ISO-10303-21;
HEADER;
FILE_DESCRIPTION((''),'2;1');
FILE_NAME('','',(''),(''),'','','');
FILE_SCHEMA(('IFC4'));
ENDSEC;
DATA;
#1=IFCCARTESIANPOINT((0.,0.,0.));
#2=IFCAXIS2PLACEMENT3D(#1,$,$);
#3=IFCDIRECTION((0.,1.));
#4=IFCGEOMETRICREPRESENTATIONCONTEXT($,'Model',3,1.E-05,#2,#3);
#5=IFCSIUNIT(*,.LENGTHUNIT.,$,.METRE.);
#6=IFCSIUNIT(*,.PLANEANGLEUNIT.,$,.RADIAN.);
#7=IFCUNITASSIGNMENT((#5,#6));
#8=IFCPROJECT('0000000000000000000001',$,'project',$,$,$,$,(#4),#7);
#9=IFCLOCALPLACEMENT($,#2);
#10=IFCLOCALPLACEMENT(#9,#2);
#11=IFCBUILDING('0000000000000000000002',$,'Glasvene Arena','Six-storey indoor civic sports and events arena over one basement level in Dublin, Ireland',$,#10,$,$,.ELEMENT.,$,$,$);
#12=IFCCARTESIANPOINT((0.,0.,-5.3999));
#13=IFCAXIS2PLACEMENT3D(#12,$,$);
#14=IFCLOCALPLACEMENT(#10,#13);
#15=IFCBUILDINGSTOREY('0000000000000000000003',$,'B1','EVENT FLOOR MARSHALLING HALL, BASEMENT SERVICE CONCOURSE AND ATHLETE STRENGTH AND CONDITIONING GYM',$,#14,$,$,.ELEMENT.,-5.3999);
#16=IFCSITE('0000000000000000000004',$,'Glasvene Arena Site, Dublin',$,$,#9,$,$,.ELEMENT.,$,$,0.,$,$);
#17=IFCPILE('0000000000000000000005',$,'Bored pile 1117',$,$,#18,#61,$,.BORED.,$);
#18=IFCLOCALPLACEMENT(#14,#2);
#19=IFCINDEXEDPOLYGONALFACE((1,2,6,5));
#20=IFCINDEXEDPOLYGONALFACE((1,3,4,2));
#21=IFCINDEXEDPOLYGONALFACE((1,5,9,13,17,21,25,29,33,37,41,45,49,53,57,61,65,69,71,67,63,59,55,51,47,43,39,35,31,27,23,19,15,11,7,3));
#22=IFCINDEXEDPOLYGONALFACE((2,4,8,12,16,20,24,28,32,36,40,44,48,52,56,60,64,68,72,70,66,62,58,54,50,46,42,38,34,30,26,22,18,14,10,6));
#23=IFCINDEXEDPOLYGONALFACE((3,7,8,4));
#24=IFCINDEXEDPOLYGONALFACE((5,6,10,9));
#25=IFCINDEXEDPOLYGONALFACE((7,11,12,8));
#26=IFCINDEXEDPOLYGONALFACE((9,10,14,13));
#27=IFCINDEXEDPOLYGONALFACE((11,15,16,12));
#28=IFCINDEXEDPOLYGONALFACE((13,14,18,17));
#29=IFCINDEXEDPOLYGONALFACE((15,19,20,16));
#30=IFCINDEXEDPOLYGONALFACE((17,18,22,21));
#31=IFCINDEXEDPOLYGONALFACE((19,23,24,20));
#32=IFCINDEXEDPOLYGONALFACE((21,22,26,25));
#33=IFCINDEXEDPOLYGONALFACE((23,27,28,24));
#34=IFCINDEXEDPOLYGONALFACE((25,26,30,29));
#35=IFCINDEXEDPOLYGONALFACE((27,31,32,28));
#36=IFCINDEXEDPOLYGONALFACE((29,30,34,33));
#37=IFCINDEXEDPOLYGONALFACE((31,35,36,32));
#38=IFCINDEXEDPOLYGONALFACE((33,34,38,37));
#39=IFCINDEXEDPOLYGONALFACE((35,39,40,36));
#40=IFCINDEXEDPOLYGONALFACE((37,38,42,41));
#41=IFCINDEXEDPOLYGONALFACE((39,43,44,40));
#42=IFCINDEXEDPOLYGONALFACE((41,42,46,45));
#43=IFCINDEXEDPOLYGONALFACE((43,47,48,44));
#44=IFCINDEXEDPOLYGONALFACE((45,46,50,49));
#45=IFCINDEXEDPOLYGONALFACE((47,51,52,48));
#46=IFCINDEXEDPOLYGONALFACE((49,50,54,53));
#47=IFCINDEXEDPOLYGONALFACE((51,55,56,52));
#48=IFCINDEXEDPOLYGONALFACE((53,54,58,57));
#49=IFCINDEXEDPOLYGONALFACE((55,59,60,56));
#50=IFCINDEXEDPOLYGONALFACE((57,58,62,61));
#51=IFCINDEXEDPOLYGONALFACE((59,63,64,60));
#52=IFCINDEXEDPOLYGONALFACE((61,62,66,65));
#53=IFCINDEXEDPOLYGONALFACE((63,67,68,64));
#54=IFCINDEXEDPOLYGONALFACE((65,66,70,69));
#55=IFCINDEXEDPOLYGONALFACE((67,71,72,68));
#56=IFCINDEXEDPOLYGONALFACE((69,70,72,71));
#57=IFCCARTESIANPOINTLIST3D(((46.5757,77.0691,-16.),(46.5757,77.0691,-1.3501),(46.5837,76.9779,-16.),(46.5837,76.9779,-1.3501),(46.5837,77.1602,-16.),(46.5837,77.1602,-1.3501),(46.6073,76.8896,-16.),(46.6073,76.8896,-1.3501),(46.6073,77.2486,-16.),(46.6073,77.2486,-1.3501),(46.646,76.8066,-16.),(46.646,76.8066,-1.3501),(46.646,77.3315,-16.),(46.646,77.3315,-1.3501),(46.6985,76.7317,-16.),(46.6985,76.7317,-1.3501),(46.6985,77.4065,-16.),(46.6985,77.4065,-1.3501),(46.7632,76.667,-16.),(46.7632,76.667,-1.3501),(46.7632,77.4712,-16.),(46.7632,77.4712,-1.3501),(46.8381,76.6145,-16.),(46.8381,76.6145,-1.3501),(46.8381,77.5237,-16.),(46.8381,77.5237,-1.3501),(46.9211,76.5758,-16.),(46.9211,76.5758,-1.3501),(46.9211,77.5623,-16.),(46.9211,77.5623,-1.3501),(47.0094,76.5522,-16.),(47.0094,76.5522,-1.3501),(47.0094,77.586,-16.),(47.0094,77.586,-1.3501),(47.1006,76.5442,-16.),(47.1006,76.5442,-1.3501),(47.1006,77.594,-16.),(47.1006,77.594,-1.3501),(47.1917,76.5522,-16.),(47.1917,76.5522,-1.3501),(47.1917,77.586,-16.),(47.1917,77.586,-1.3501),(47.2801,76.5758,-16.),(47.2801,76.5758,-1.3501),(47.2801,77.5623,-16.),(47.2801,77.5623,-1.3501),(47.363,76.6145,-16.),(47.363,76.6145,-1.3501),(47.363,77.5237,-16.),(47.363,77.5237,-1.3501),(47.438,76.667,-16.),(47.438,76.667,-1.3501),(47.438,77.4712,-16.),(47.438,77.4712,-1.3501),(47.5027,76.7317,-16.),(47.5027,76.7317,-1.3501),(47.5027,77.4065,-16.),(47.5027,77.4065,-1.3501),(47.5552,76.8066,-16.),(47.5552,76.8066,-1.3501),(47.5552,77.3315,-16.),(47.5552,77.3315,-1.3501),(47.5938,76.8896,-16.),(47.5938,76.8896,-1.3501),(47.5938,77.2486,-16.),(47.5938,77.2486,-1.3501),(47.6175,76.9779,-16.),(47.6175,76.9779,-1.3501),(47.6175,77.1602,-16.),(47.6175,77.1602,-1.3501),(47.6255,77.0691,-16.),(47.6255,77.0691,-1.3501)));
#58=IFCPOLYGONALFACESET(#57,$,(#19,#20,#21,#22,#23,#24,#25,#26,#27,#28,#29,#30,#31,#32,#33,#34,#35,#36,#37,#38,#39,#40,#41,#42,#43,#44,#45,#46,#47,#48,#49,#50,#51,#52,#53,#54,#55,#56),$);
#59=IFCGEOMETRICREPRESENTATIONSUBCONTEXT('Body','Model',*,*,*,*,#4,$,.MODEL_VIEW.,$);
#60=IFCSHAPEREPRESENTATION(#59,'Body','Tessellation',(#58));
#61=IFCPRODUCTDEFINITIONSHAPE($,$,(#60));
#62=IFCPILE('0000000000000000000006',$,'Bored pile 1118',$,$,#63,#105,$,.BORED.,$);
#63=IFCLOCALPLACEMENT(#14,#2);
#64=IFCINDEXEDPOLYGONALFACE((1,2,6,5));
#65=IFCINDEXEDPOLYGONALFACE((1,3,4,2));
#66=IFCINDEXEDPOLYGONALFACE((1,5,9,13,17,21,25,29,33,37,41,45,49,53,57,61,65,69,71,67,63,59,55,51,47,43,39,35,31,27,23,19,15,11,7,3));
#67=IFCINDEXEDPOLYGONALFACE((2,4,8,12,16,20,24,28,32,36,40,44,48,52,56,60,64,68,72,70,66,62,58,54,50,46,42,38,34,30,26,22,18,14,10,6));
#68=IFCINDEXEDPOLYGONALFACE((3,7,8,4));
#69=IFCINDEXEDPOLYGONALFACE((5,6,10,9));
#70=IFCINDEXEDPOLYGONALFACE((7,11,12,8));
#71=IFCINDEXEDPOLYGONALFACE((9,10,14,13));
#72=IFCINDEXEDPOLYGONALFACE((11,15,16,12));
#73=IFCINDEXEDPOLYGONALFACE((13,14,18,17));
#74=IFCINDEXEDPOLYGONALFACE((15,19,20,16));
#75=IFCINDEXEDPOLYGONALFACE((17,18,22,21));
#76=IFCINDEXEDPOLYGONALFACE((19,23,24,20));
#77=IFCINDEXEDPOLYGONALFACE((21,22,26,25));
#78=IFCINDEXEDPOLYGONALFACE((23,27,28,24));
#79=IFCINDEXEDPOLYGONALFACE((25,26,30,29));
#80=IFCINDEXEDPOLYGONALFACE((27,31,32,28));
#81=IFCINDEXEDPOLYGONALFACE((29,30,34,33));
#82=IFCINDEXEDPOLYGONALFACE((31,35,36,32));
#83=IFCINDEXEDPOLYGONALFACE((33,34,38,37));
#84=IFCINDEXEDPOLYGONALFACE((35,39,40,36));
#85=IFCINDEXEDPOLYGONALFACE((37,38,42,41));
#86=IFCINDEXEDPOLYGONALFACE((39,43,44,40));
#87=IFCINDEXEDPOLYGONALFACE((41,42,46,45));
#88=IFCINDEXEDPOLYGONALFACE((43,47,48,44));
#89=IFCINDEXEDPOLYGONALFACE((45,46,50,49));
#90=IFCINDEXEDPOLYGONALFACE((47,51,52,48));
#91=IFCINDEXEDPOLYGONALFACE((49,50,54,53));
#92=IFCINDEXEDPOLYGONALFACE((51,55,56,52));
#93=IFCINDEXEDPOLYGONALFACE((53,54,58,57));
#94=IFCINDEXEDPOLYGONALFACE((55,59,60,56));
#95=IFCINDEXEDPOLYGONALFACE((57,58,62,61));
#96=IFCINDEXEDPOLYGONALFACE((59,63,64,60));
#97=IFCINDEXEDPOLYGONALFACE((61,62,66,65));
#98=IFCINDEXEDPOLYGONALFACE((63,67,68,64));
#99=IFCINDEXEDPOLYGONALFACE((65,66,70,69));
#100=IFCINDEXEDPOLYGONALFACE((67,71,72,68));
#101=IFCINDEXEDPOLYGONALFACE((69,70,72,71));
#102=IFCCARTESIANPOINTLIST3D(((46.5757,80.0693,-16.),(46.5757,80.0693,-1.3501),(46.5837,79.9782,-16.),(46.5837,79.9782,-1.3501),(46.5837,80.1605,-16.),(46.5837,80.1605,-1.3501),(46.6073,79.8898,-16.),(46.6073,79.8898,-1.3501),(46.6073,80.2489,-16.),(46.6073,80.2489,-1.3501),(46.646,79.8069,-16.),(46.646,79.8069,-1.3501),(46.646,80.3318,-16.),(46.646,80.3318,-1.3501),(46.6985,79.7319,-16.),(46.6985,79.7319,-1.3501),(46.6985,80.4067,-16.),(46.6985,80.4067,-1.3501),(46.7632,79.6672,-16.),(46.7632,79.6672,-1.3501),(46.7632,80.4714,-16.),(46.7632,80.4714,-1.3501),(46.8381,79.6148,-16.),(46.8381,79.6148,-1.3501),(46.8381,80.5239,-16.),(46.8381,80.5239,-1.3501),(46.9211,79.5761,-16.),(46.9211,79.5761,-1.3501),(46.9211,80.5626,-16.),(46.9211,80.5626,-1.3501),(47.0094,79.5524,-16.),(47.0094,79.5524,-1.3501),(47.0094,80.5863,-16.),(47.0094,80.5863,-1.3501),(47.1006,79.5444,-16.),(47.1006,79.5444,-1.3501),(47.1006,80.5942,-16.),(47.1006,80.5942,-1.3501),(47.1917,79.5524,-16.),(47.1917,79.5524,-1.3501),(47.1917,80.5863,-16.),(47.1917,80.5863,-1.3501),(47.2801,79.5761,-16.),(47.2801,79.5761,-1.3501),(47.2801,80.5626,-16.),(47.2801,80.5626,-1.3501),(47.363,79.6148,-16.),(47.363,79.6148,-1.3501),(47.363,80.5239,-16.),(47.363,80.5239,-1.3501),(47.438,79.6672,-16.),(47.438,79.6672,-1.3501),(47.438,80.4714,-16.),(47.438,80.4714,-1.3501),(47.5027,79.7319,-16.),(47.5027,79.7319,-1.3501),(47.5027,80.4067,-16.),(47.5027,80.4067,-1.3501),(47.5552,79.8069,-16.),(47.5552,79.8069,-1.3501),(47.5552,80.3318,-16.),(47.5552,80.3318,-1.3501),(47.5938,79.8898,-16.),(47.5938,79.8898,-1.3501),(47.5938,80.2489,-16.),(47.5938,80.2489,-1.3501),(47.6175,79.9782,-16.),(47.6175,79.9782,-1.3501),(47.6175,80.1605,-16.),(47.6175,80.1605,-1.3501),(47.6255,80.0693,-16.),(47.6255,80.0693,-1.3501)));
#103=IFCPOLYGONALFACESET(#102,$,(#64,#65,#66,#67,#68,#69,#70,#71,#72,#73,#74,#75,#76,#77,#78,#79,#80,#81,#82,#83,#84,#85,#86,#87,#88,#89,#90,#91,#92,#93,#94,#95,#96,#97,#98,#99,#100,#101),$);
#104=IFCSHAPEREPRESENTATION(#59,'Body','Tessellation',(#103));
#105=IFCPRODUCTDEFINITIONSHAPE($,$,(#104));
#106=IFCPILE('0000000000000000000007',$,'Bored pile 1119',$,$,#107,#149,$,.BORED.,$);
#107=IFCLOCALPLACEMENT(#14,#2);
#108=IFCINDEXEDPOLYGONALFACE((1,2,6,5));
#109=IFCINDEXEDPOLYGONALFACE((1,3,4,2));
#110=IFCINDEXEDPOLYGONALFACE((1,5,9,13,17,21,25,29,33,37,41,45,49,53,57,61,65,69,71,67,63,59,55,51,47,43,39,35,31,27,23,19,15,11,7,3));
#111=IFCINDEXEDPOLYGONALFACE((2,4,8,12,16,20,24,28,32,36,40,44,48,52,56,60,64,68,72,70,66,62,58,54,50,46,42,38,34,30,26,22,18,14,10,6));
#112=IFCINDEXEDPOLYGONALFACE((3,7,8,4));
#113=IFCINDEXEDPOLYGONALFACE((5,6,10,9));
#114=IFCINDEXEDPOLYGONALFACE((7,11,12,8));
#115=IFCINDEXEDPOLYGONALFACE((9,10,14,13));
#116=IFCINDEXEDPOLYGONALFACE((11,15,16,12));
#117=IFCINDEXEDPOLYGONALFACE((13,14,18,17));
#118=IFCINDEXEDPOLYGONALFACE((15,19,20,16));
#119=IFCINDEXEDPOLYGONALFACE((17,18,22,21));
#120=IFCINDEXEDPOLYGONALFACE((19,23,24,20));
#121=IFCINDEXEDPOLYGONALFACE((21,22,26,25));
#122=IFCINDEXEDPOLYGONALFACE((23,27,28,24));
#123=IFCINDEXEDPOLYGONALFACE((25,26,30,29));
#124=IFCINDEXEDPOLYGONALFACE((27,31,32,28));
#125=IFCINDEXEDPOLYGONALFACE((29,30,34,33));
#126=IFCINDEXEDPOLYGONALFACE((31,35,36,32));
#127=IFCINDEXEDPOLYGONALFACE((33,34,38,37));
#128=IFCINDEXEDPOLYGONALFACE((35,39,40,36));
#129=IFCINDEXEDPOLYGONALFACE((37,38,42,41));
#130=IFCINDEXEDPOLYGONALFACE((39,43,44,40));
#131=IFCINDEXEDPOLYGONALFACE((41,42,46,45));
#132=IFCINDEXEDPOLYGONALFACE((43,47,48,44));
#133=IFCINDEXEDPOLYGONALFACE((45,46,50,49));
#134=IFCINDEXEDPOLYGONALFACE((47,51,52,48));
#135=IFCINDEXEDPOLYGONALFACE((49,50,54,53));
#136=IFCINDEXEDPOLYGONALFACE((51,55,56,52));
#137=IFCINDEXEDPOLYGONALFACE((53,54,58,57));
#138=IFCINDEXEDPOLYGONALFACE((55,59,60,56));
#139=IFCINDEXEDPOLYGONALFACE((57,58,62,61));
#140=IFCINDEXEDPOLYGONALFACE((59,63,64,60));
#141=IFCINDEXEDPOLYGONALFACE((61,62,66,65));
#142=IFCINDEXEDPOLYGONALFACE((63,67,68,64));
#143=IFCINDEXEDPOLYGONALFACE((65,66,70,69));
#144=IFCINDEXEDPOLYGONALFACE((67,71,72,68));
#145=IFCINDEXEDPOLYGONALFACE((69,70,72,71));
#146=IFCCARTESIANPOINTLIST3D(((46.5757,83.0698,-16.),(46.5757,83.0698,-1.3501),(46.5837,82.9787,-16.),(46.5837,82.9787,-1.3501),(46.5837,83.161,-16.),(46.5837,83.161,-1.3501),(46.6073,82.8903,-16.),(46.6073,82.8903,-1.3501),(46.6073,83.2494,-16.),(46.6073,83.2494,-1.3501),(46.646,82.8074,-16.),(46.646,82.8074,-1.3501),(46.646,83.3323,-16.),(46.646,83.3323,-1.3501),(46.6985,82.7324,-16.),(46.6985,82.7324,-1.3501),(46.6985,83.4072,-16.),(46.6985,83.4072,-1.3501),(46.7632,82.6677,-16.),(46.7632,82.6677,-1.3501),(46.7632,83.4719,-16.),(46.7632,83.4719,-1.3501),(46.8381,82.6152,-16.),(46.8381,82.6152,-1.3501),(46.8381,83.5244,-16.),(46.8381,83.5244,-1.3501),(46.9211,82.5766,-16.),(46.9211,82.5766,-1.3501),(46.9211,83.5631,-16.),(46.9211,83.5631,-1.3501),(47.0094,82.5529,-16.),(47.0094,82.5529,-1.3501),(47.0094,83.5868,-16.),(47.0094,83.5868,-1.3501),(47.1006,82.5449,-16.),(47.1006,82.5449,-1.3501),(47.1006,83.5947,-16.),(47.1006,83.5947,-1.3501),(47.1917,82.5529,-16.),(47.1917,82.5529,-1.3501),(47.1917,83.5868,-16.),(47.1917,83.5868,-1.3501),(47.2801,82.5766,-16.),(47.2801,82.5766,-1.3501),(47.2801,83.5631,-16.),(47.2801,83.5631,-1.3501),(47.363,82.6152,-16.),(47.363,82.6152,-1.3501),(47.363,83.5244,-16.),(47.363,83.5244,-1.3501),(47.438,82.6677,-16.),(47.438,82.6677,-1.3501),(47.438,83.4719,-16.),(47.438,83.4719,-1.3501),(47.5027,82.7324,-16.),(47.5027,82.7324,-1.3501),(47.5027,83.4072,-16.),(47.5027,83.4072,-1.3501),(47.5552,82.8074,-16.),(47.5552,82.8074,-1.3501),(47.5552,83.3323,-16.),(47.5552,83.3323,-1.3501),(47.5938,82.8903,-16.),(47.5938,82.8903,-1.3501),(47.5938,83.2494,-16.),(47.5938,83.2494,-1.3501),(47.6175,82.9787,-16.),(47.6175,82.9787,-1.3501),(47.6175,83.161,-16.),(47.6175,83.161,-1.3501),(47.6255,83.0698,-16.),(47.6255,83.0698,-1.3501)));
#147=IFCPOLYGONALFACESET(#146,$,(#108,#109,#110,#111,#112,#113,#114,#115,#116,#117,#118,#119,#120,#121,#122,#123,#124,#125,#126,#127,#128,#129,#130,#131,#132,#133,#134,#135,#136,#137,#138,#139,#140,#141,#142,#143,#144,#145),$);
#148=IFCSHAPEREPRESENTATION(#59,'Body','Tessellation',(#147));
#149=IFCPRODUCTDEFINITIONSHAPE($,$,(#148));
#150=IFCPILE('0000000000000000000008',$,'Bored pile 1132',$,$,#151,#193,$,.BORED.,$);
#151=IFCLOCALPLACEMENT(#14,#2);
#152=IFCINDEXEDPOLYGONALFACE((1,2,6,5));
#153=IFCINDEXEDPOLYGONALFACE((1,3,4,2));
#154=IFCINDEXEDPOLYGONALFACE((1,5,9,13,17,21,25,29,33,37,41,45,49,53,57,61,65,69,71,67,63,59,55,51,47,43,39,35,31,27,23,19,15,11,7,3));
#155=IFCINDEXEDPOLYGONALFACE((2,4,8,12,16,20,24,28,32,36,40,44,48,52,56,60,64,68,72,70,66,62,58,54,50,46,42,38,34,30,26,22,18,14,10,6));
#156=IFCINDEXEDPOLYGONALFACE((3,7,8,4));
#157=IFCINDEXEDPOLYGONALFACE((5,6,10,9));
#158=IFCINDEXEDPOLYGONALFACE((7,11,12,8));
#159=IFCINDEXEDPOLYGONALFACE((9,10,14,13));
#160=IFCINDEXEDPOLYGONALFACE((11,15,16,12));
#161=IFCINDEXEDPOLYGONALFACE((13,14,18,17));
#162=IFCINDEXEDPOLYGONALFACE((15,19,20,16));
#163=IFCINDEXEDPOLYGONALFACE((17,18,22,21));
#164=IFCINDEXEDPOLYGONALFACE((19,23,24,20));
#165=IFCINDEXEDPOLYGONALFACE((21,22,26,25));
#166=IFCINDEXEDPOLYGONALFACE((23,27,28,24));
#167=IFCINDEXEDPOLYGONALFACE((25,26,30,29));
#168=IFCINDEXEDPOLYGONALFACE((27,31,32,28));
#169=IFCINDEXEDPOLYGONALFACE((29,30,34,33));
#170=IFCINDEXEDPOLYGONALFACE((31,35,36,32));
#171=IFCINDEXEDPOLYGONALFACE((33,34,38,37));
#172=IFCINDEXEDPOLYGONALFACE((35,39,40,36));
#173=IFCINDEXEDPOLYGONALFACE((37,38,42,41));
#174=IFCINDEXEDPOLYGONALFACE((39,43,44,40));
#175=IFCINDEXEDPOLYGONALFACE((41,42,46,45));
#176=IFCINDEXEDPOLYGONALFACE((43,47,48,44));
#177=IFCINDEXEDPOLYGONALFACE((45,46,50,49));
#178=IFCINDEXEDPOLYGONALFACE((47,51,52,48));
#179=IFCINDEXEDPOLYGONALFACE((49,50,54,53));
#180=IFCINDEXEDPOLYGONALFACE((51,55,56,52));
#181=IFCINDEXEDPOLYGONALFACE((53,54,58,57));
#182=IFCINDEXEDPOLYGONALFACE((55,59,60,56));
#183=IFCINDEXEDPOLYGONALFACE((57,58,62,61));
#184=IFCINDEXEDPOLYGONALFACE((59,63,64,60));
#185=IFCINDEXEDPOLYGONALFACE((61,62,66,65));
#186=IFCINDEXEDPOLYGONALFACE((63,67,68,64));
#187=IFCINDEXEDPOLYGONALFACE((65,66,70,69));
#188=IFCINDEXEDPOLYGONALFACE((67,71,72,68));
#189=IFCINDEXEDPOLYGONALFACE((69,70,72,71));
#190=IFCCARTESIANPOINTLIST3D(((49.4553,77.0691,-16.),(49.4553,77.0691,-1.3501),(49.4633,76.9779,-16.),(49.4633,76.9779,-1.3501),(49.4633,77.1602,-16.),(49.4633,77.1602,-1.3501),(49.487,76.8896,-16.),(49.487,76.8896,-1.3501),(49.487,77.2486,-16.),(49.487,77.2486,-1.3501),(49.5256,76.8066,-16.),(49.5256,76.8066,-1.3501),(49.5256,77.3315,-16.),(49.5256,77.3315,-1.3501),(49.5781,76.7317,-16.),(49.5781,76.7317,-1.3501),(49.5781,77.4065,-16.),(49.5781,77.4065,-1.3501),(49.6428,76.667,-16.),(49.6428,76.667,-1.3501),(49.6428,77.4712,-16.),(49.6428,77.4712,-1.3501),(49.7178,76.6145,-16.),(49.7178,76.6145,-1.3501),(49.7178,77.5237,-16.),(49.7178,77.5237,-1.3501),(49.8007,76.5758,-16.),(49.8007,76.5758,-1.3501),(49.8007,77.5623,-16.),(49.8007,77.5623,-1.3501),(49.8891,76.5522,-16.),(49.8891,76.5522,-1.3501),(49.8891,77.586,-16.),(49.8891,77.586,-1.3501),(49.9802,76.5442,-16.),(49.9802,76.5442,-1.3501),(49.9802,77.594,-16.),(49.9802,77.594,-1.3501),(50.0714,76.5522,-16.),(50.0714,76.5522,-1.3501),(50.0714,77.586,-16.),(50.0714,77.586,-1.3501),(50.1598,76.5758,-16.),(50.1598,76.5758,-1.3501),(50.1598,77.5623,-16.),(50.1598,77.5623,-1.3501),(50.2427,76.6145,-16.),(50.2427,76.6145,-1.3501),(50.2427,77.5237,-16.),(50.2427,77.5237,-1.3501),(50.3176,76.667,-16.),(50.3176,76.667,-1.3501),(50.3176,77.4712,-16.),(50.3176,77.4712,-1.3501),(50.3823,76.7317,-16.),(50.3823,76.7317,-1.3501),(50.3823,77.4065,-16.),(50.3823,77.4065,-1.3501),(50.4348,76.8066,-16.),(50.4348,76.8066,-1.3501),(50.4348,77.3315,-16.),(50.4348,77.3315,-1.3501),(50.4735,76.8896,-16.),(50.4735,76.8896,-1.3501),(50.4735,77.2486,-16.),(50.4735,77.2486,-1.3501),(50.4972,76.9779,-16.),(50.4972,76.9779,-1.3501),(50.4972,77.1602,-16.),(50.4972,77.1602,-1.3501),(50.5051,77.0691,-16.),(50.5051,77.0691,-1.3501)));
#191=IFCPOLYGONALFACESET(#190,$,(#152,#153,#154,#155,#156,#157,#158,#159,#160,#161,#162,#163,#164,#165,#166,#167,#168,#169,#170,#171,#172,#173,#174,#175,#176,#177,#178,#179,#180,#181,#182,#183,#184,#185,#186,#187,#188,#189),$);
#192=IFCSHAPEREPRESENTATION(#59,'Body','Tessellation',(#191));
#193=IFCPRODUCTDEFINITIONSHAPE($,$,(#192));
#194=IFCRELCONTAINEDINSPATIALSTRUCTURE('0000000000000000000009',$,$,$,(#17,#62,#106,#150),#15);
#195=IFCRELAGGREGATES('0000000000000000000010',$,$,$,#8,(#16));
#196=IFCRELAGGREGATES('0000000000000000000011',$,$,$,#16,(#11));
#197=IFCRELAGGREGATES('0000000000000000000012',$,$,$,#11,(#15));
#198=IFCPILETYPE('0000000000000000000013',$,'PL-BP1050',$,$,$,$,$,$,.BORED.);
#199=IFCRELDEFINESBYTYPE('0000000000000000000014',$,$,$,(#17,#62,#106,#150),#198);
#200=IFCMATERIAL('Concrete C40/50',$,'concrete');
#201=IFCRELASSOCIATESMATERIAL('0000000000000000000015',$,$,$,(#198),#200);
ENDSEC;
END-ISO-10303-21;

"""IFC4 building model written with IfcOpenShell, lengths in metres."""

from ifc_helpers import new_model, si_unit, direction, frame, origin, origin_2d, place, context, subcontext, project, spatial, circle, extrude, material, material_profile, profile_set, type_object, element, save


model = new_model("IFC4")

# Units and contexts
model_context = context("Model", 3, precision=1e-05, world=origin(), true_north=direction((0.0, 1.0)))
body_context = subcontext(model_context, "Body", "Model", "MODEL_VIEW")
ifc_project = project(units=[si_unit("LENGTHUNIT", "METRE"), si_unit("PLANEANGLEUNIT", "RADIAN")], contexts=[model_context])

# Site, building, storey
site_placement = place(None, origin())
site = spatial("IfcSite", under=ifc_project, at=site_placement, Name="Glasvene Arena Site, Dublin", CompositionType="ELEMENT", RefElevation=0.0)
building_placement = place(site_placement, origin())
building = spatial("IfcBuilding", under=site, at=building_placement, Name="Glasvene Arena", Description="Six-storey indoor civic sports and events arena over one basement level in Dublin, Ireland", CompositionType="ELEMENT")
storey_placement = place(building_placement, frame((0.0, 0.0, -5.3999)))
storey = spatial("IfcBuildingStorey", under=building, at=storey_placement, Name="B1", Description="EVENT FLOOR MARSHALLING HALL, BASEMENT SERVICE CONCOURSE AND ATHLETE STRENGTH AND CONDITIONING GYM", CompositionType="ELEMENT", Elevation=-5.3999)

# Piles
ifc_material_1 = material(Name="Concrete C40/50", Category="concrete")
ifc_material_profile_1 = material_profile(ifc_material_1, circle(Radius=0.5249, at=origin_2d()), Name="BORED PILE 1050")
ifc_profile_set_1 = profile_set([ifc_material_profile_1], Name="Concrete C40/50")
pile_type = type_object("IfcPileType", Name="PL-BP1050", PredefinedType="BORED", material=ifc_profile_set_1)
for number, where, z_axis, x_axis, name in (
    (1, (47.1006, 77.0691, -1.3501), (0.0, 0.0, -1.0), (1.0, 0.0, 0.0), "Bored pile 1117"),
    (2, (47.1006, 80.0693, -1.3501), (0.0, 0.0, -1.0), (1.0, 0.0, 0.0), "Bored pile 1118"),
    (3, (47.1006, 83.0698, -1.3501), (0.0, 0.0, -1.0), (1.0, 0.0, 0.0), "Bored pile 1119"),
    (4, (49.9802, 77.0691, -1.3501), (0.0, 0.0, -1.0), (1.0, 0.0, 0.0), "Bored pile 1132"),
):
    element("IfcPile", number, at=place(storey_placement, frame(where, z_axis=z_axis, x_axis=x_axis)), inside=storey, type_object=pile_type, Name=name, PredefinedType="BORED", context=body_context, shape_type="SweptSolid", body=[
        extrude(circle(Radius=0.5249, at=origin_2d()), origin(), (0.0, 0.0, 1.0), 14.6499),
    ])

save(model, "model.ifc")
